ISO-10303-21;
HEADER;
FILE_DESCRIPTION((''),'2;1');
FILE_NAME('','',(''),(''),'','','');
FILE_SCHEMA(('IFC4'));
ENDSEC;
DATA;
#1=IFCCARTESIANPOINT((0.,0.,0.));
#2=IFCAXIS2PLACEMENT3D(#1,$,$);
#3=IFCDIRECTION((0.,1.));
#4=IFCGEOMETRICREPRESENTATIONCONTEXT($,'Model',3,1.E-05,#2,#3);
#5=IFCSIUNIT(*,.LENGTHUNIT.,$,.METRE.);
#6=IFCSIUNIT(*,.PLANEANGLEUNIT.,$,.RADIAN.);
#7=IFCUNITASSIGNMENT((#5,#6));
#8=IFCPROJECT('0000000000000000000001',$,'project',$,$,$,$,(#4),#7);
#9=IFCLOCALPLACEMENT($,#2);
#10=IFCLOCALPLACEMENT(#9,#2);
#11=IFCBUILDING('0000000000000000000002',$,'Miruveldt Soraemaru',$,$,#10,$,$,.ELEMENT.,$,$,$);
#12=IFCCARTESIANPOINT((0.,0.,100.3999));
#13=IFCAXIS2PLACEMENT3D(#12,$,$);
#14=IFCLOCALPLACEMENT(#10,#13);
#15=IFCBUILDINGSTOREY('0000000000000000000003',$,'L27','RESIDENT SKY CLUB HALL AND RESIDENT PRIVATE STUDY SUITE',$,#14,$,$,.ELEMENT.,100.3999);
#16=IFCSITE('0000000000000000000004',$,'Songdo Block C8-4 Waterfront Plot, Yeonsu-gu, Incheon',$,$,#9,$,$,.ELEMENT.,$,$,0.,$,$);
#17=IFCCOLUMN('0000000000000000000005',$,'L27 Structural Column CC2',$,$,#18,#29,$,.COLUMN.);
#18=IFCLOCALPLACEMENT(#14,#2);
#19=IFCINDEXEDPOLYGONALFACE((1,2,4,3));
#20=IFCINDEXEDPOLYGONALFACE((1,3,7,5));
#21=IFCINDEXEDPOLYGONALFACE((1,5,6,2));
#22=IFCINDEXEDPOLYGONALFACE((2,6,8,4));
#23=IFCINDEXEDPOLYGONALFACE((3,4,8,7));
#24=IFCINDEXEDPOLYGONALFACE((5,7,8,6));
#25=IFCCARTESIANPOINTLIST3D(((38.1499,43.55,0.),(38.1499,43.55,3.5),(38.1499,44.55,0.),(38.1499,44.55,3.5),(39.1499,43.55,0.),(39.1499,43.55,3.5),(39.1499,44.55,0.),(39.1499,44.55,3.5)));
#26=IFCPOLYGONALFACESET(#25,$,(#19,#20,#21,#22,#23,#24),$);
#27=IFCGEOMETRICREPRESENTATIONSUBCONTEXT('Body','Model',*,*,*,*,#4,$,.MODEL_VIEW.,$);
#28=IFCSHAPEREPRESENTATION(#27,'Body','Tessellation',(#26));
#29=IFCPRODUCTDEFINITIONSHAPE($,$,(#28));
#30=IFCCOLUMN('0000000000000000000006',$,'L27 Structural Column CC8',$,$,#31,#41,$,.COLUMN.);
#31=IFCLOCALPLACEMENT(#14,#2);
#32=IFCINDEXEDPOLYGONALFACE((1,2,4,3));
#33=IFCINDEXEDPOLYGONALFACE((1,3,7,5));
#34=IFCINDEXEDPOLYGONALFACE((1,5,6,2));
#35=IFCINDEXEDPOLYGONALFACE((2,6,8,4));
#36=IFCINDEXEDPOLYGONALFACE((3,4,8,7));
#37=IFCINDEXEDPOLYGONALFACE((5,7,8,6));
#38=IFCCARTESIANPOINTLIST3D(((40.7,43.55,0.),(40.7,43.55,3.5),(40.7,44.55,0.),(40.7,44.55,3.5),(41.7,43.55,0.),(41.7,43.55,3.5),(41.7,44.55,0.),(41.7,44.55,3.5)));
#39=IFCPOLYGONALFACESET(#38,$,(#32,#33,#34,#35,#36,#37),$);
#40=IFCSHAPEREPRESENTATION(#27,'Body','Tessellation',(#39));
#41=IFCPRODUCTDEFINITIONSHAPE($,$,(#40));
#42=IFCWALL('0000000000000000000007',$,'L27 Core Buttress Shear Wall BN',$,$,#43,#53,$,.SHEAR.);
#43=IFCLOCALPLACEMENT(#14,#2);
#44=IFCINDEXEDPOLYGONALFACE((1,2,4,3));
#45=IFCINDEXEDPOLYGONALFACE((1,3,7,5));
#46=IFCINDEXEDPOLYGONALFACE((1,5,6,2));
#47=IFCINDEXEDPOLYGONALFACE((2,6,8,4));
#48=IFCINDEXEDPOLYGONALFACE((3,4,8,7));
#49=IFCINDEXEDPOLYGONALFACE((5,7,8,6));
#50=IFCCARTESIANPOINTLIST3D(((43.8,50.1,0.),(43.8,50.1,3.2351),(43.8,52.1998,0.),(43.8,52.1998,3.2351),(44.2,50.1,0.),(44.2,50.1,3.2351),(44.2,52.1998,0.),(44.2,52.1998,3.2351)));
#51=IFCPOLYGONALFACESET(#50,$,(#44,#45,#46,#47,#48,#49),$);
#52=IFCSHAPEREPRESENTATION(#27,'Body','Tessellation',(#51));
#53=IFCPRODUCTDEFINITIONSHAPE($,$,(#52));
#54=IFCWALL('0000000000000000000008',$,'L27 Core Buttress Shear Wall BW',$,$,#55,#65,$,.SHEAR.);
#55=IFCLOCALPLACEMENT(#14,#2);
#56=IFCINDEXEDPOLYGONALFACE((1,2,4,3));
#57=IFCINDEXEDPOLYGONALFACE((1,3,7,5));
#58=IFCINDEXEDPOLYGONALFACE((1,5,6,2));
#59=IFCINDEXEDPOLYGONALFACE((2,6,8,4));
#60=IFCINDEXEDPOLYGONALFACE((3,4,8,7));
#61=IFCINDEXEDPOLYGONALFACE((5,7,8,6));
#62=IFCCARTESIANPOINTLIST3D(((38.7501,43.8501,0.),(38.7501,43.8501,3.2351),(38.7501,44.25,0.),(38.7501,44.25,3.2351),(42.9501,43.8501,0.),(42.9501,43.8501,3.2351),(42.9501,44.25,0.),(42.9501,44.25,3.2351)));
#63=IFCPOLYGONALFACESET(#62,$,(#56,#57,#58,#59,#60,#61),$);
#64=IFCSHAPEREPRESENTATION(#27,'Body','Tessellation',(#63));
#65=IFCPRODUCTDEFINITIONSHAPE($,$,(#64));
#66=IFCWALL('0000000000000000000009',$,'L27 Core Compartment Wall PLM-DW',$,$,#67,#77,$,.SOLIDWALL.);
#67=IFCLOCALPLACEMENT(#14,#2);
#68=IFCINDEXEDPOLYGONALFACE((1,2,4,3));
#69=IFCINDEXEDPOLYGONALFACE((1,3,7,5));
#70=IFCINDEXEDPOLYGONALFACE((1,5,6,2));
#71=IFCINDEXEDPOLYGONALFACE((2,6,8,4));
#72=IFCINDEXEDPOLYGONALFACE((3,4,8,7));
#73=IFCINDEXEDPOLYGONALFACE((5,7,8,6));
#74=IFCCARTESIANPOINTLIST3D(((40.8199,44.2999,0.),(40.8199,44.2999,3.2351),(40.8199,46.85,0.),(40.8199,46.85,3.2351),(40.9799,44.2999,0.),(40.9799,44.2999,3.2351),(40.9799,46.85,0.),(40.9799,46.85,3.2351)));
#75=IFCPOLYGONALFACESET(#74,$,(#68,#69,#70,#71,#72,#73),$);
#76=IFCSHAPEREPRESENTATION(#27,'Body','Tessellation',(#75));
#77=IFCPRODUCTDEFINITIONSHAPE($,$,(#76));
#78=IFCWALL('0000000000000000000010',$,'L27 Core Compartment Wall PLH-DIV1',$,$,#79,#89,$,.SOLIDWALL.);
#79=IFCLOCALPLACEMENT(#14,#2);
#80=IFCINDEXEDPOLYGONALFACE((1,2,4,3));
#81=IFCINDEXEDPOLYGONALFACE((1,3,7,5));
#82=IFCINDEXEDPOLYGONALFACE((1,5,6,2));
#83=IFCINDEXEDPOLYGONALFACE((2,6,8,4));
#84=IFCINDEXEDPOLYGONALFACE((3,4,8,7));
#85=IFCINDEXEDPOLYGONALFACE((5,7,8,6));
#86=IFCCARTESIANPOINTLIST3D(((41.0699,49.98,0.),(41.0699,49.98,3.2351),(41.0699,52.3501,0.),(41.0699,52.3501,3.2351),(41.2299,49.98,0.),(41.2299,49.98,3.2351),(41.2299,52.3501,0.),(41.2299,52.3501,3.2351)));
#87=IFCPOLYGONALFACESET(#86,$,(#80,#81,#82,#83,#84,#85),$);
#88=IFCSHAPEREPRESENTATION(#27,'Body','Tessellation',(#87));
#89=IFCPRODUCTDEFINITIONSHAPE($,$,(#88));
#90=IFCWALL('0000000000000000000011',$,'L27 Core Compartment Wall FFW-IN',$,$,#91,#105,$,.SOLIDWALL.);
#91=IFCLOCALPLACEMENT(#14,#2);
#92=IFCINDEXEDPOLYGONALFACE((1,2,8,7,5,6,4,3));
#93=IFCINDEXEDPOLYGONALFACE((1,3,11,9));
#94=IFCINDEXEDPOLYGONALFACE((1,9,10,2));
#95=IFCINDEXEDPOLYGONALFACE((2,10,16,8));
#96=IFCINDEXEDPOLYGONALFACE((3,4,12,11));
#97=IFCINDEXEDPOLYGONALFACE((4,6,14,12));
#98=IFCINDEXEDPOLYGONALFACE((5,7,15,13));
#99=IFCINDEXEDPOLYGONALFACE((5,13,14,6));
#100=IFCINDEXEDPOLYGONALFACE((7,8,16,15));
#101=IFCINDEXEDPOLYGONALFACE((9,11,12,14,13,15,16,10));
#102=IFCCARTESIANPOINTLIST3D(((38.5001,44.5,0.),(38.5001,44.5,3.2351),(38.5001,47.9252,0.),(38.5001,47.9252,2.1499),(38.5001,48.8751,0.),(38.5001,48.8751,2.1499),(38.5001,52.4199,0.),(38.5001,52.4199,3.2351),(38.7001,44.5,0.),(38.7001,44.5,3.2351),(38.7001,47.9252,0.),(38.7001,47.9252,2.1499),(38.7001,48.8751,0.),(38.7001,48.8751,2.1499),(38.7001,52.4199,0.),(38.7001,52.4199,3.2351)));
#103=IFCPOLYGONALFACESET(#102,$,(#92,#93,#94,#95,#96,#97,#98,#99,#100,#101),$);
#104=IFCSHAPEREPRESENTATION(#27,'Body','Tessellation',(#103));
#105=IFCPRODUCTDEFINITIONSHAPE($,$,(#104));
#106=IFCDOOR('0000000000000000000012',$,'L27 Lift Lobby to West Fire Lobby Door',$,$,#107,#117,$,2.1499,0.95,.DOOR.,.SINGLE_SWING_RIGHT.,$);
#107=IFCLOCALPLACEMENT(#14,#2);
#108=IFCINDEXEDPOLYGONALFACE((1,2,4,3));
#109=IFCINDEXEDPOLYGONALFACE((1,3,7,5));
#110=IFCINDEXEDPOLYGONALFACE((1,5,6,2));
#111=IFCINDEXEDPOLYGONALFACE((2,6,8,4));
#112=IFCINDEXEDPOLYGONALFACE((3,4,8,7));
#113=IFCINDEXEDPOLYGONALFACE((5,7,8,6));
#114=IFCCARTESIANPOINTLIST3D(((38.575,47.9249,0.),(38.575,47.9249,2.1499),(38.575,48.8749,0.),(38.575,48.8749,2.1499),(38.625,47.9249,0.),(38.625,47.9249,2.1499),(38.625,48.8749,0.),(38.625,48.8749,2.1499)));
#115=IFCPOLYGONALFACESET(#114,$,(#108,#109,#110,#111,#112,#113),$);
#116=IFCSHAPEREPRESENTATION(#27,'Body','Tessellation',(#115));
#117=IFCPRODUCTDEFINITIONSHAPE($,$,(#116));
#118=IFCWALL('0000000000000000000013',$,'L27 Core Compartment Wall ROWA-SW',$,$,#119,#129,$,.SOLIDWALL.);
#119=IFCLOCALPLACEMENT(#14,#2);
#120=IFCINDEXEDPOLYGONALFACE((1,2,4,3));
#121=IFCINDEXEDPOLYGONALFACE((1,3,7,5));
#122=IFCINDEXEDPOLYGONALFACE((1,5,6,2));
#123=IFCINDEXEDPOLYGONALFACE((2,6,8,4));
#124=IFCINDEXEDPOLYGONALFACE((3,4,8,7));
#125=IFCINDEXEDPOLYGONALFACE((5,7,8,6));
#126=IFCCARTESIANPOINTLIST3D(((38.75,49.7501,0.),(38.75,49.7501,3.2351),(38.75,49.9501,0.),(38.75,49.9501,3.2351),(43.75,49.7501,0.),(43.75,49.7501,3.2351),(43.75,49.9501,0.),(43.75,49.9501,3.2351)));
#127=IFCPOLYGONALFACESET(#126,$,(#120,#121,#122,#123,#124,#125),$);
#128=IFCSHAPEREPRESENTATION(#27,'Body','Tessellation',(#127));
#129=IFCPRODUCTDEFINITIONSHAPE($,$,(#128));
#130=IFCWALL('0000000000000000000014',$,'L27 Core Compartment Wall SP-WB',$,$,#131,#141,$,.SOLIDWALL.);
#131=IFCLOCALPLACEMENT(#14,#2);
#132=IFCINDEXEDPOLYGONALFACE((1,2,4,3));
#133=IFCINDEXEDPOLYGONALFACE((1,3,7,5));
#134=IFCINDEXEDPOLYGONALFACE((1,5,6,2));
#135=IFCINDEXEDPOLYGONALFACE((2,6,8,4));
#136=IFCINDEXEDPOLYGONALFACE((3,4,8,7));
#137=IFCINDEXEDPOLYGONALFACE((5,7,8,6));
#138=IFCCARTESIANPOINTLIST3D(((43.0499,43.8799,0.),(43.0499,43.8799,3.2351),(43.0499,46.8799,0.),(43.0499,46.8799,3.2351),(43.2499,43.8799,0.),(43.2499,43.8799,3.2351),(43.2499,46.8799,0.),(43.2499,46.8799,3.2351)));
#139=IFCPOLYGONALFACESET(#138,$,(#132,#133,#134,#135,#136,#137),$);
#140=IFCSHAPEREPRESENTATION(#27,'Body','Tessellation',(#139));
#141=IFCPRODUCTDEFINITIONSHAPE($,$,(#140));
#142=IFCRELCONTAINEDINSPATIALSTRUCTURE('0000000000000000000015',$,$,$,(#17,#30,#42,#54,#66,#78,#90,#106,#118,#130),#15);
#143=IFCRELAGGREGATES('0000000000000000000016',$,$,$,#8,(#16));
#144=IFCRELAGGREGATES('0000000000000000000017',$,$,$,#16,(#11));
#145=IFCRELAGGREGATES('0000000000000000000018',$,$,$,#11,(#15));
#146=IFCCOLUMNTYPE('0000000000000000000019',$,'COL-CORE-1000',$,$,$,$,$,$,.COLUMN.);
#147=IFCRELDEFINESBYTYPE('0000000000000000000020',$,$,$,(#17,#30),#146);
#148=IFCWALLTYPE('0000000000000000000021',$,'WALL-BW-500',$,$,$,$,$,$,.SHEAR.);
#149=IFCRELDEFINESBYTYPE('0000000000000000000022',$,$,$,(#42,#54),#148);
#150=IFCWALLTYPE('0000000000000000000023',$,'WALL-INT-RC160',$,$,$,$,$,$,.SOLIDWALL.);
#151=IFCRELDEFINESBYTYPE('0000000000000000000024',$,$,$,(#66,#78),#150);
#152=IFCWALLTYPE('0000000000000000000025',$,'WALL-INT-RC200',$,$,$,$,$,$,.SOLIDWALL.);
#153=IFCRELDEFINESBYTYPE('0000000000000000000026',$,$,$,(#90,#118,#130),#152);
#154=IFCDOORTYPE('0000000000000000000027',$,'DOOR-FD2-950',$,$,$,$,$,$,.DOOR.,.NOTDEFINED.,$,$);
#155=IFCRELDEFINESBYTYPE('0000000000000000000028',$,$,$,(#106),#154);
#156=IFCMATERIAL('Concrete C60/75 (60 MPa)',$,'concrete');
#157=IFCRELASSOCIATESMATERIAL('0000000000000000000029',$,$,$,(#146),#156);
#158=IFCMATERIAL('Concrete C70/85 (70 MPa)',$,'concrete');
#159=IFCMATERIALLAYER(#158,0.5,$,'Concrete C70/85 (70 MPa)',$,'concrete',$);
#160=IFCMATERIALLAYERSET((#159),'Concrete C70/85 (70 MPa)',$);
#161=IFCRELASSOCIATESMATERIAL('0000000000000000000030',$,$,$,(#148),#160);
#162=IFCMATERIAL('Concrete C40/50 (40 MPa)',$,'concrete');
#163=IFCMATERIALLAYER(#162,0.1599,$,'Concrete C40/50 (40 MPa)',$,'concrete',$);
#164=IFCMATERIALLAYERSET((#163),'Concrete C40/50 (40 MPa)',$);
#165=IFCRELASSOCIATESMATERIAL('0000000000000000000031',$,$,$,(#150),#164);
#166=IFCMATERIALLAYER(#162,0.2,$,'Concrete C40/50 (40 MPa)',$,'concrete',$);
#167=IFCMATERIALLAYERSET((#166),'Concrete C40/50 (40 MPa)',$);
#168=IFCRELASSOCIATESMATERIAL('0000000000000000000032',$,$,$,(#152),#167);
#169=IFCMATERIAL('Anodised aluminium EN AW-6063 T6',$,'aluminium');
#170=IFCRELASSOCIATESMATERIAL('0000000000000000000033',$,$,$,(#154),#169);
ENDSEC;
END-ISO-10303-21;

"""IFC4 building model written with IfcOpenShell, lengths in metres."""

from ifc_helpers import new_model, si_unit, direction, frame, frame_2d, origin, origin_2d, place, context, subcontext, project, spatial, rectangle, extrude, material, layer, layer_set, material_profile, profile_set, type_object, element, fill, save


model = new_model("IFC4")

# Units and contexts
model_context = context("Model", 3, precision=1e-05, world=origin(), true_north=direction((0.0, 1.0)))
body_context = subcontext(model_context, "Body", "Model", "MODEL_VIEW")
ifc_project = project(units=[si_unit("LENGTHUNIT", "METRE"), si_unit("PLANEANGLEUNIT", "RADIAN")], contexts=[model_context])

# Site, building, storey
site_placement = place(None, origin())
site = spatial("IfcSite", under=ifc_project, at=site_placement, Name="Songdo Block C8-4 Waterfront Plot, Yeonsu-gu, Incheon", CompositionType="ELEMENT", RefElevation=0.0)
building_placement = place(site_placement, origin())
building = spatial("IfcBuilding", under=site, at=building_placement, Name="Miruveldt Soraemaru", CompositionType="ELEMENT")
storey_placement = place(building_placement, frame((0.0, 0.0, 100.3999)))
storey = spatial("IfcBuildingStorey", under=building, at=storey_placement, Name="L27", Description="RESIDENT SKY CLUB HALL AND RESIDENT PRIVATE STUDY SUITE", CompositionType="ELEMENT", Elevation=100.3999)

# Columns
ifc_material_1 = material(Name="Concrete C60/75 (60 MPa)", Category="concrete")
ifc_material_profile = material_profile(ifc_material_1, rectangle(XDim=1.0, YDim=1.0, at=origin_2d()), Name="Concrete C60/75 (60 MPa)", Category="concrete")
ifc_profile_set = profile_set([ifc_material_profile], Name="Concrete C60/75 (60 MPa)")
column_type = type_object("IfcColumnType", Name="COL-CORE-1000", PredefinedType="COLUMN", material=ifc_profile_set)
for number, where, z_axis, x_axis, name in (
    (1, (38.6499, 44.05, 0.0), (0.0, 0.0, 1.0), (1.0, 0.0, 0.0), "L27 Structural Column CC2"),
    (2, (41.2, 44.05, 0.0), (0.0, 0.0, 1.0), (1.0, 0.0, 0.0), "L27 Structural Column CC8"),
):
    element("IfcColumn", number, at=place(storey_placement, frame(where, z_axis=z_axis, x_axis=x_axis)), inside=storey, type_object=column_type, Name=name, PredefinedType="COLUMN", context=body_context, shape_type="SweptSolid", body=[
        extrude(rectangle(XDim=1.0, YDim=1.0, at=origin_2d()), origin(), (0.0, 0.0, 1.0), 3.5),
    ])

# Walls
ifc_material_2 = material(Name="Concrete C70/85 (70 MPa)", Category="concrete")
ifc_layer_1 = layer(ifc_material_2, 0.5, Name="Concrete C70/85 (70 MPa)", Category="concrete")
ifc_layer_set_1 = layer_set([ifc_layer_1], Name="Concrete C70/85 (70 MPa)")
wall_type_1 = type_object("IfcWallType", Name="WALL-BW-500", PredefinedType="SHEAR", material=ifc_layer_set_1)
wall_1_placement = place(storey_placement, frame((44.0, 50.1001, 0.0), z_axis=(0.0, 0.0, 1.0), x_axis=(0.0, 1.0, 0.0)))
element("IfcWall", 3, at=wall_1_placement, inside=storey, type_object=wall_type_1, Name="L27 Core Buttress Shear Wall BN", PredefinedType="SHEAR", context=body_context, shape_type="SweptSolid", body=[
    extrude(rectangle(XDim=2.0999, YDim=0.3999, at=frame_2d((1.0498, 0.0))), origin(), (0.0, 0.0, 1.0), 3.2351),
])
wall_2_placement = place(storey_placement, frame((38.75, 44.05, 0.0), z_axis=(0.0, 0.0, 1.0), x_axis=(1.0, 0.0, 0.0)))
element("IfcWall", 4, at=wall_2_placement, inside=storey, type_object=wall_type_1, Name="L27 Core Buttress Shear Wall BW", PredefinedType="SHEAR", context=body_context, shape_type="SweptSolid", body=[
    extrude(rectangle(XDim=4.2, YDim=0.3999, at=frame_2d((2.1001, 0.0))), origin(), (0.0, 0.0, 1.0), 3.2351),
])
ifc_material_3 = material(Name="Concrete C40/50 (40 MPa)", Category="concrete")
ifc_layer_2 = layer(ifc_material_3, 0.1599, Name="Concrete C40/50 (40 MPa)", Category="concrete")
ifc_layer_set_2 = layer_set([ifc_layer_2], Name="Concrete C40/50 (40 MPa)")
wall_type_2 = type_object("IfcWallType", Name="WALL-INT-RC160", PredefinedType="SOLIDWALL", material=ifc_layer_set_2)
wall_3_placement = place(storey_placement, frame((40.8999, 44.3, 0.0), z_axis=(0.0, 0.0, 1.0), x_axis=(0.0, 1.0, 0.0)))
element("IfcWall", 5, at=wall_3_placement, inside=storey, type_object=wall_type_2, Name="L27 Core Compartment Wall PLM-DW", PredefinedType="SOLIDWALL", context=body_context, shape_type="SweptSolid", body=[
    extrude(rectangle(XDim=2.55, YDim=0.1599, at=frame_2d((1.2749, 0.0))), origin(), (0.0, 0.0, 1.0), 3.2351),
])
wall_4_placement = place(storey_placement, frame((41.1499, 49.98, 0.0), z_axis=(0.0, 0.0, 1.0), x_axis=(0.0, 1.0, 0.0)))
element("IfcWall", 6, at=wall_4_placement, inside=storey, type_object=wall_type_2, Name="L27 Core Compartment Wall PLH-DIV1", PredefinedType="SOLIDWALL", context=body_context, shape_type="SweptSolid", body=[
    extrude(rectangle(XDim=2.3701, YDim=0.1599, at=frame_2d((1.1851, 0.0))), origin(), (0.0, 0.0, 1.0), 3.2351),
])

# Wall, opening, door
ifc_layer_3 = layer(ifc_material_3, 0.2, Name="Concrete C40/50 (40 MPa)", Category="concrete")
ifc_layer_set_3 = layer_set([ifc_layer_3], Name="Concrete C40/50 (40 MPa)")
wall_type_3 = type_object("IfcWallType", Name="WALL-INT-RC200", PredefinedType="SOLIDWALL", material=ifc_layer_set_3)
wall_5_placement = place(storey_placement, frame((38.6001, 44.5, 0.0), z_axis=(0.0, 0.0, 1.0), x_axis=(0.0, 1.0, 0.0)))
wall_5 = element("IfcWall", 7, at=wall_5_placement, inside=storey, type_object=wall_type_3, Name="L27 Core Compartment Wall FFW-IN", PredefinedType="SOLIDWALL", context=body_context, shape_type="SweptSolid", body=[
    extrude(rectangle(XDim=7.9199, YDim=0.2, at=frame_2d((3.96, 0.0))), origin(), (0.0, 0.0, 1.0), 3.2351),
])
opening_1_placement = place(wall_5_placement, frame((3.425, 0.0, 0.0)))
opening_1 = element("IfcOpeningElement", 8, at=opening_1_placement, cuts=wall_5, PredefinedType="OPENING", context=body_context, shape_type="SweptSolid", body=[
    extrude(rectangle(XDim=0.95, YDim=2.1499, at=frame_2d((0.4751, 1.075))), frame((0.0, 0.1099, 0.0), z_axis=(0.0, -1.0, 0.0), x_axis=(1.0, 0.0, 0.0)), (0.0, 0.0, 1.0), 0.22),
])
ifc_material_4 = material(Name="Anodised aluminium EN AW-6063 T6", Category="aluminium")
door_type_1 = type_object("IfcDoorType", Name="DOOR-FD2-950", OperationType="NOTDEFINED", PredefinedType="DOOR", material=ifc_material_4)
door_1_placement = place(opening_1_placement, frame((0.95, 0.0, 0.0), z_axis=(0.0, 0.0, 1.0), x_axis=(-1.0, 0.0, 0.0)))
door_1 = element("IfcDoor", 9, at=door_1_placement, inside=storey, type_object=door_type_1, Name="L27 Lift Lobby to West Fire Lobby Door", OperationType="SINGLE_SWING_RIGHT", OverallHeight=2.1499, OverallWidth=0.95, PredefinedType="DOOR", context=body_context, shape_type="SweptSolid", body=[
    extrude(rectangle(XDim=0.95, YDim=2.1499, at=frame_2d((0.4751, 1.075))), frame((0.0, 0.0249, 0.0), z_axis=(0.0, -1.0, 0.0), x_axis=(1.0, 0.0, 0.0)), (0.0, 0.0, 1.0), 0.05),
])
fill(opening_1, door_1)

# Walls
wall_6_placement = place(storey_placement, frame((38.75, 49.8501, 0.0), z_axis=(0.0, 0.0, 1.0), x_axis=(1.0, 0.0, 0.0)))
element("IfcWall", 10, at=wall_6_placement, inside=storey, type_object=wall_type_3, Name="L27 Core Compartment Wall ROWA-SW", PredefinedType="SOLIDWALL", context=body_context, shape_type="SweptSolid", body=[
    extrude(rectangle(XDim=5.0, YDim=0.2, at=frame_2d((2.5, 0.0))), origin(), (0.0, 0.0, 1.0), 3.2351),
])
wall_7_placement = place(storey_placement, frame((43.1499, 43.8799, 0.0), z_axis=(0.0, 0.0, 1.0), x_axis=(0.0, 1.0, 0.0)))
element("IfcWall", 11, at=wall_7_placement, inside=storey, type_object=wall_type_3, Name="L27 Core Compartment Wall SP-WB", PredefinedType="SOLIDWALL", context=body_context, shape_type="SweptSolid", body=[
    extrude(rectangle(XDim=3.0, YDim=0.2, at=frame_2d((1.5, 0.0))), origin(), (0.0, 0.0, 1.0), 3.2351),
])

save(model, "model.ifc")
